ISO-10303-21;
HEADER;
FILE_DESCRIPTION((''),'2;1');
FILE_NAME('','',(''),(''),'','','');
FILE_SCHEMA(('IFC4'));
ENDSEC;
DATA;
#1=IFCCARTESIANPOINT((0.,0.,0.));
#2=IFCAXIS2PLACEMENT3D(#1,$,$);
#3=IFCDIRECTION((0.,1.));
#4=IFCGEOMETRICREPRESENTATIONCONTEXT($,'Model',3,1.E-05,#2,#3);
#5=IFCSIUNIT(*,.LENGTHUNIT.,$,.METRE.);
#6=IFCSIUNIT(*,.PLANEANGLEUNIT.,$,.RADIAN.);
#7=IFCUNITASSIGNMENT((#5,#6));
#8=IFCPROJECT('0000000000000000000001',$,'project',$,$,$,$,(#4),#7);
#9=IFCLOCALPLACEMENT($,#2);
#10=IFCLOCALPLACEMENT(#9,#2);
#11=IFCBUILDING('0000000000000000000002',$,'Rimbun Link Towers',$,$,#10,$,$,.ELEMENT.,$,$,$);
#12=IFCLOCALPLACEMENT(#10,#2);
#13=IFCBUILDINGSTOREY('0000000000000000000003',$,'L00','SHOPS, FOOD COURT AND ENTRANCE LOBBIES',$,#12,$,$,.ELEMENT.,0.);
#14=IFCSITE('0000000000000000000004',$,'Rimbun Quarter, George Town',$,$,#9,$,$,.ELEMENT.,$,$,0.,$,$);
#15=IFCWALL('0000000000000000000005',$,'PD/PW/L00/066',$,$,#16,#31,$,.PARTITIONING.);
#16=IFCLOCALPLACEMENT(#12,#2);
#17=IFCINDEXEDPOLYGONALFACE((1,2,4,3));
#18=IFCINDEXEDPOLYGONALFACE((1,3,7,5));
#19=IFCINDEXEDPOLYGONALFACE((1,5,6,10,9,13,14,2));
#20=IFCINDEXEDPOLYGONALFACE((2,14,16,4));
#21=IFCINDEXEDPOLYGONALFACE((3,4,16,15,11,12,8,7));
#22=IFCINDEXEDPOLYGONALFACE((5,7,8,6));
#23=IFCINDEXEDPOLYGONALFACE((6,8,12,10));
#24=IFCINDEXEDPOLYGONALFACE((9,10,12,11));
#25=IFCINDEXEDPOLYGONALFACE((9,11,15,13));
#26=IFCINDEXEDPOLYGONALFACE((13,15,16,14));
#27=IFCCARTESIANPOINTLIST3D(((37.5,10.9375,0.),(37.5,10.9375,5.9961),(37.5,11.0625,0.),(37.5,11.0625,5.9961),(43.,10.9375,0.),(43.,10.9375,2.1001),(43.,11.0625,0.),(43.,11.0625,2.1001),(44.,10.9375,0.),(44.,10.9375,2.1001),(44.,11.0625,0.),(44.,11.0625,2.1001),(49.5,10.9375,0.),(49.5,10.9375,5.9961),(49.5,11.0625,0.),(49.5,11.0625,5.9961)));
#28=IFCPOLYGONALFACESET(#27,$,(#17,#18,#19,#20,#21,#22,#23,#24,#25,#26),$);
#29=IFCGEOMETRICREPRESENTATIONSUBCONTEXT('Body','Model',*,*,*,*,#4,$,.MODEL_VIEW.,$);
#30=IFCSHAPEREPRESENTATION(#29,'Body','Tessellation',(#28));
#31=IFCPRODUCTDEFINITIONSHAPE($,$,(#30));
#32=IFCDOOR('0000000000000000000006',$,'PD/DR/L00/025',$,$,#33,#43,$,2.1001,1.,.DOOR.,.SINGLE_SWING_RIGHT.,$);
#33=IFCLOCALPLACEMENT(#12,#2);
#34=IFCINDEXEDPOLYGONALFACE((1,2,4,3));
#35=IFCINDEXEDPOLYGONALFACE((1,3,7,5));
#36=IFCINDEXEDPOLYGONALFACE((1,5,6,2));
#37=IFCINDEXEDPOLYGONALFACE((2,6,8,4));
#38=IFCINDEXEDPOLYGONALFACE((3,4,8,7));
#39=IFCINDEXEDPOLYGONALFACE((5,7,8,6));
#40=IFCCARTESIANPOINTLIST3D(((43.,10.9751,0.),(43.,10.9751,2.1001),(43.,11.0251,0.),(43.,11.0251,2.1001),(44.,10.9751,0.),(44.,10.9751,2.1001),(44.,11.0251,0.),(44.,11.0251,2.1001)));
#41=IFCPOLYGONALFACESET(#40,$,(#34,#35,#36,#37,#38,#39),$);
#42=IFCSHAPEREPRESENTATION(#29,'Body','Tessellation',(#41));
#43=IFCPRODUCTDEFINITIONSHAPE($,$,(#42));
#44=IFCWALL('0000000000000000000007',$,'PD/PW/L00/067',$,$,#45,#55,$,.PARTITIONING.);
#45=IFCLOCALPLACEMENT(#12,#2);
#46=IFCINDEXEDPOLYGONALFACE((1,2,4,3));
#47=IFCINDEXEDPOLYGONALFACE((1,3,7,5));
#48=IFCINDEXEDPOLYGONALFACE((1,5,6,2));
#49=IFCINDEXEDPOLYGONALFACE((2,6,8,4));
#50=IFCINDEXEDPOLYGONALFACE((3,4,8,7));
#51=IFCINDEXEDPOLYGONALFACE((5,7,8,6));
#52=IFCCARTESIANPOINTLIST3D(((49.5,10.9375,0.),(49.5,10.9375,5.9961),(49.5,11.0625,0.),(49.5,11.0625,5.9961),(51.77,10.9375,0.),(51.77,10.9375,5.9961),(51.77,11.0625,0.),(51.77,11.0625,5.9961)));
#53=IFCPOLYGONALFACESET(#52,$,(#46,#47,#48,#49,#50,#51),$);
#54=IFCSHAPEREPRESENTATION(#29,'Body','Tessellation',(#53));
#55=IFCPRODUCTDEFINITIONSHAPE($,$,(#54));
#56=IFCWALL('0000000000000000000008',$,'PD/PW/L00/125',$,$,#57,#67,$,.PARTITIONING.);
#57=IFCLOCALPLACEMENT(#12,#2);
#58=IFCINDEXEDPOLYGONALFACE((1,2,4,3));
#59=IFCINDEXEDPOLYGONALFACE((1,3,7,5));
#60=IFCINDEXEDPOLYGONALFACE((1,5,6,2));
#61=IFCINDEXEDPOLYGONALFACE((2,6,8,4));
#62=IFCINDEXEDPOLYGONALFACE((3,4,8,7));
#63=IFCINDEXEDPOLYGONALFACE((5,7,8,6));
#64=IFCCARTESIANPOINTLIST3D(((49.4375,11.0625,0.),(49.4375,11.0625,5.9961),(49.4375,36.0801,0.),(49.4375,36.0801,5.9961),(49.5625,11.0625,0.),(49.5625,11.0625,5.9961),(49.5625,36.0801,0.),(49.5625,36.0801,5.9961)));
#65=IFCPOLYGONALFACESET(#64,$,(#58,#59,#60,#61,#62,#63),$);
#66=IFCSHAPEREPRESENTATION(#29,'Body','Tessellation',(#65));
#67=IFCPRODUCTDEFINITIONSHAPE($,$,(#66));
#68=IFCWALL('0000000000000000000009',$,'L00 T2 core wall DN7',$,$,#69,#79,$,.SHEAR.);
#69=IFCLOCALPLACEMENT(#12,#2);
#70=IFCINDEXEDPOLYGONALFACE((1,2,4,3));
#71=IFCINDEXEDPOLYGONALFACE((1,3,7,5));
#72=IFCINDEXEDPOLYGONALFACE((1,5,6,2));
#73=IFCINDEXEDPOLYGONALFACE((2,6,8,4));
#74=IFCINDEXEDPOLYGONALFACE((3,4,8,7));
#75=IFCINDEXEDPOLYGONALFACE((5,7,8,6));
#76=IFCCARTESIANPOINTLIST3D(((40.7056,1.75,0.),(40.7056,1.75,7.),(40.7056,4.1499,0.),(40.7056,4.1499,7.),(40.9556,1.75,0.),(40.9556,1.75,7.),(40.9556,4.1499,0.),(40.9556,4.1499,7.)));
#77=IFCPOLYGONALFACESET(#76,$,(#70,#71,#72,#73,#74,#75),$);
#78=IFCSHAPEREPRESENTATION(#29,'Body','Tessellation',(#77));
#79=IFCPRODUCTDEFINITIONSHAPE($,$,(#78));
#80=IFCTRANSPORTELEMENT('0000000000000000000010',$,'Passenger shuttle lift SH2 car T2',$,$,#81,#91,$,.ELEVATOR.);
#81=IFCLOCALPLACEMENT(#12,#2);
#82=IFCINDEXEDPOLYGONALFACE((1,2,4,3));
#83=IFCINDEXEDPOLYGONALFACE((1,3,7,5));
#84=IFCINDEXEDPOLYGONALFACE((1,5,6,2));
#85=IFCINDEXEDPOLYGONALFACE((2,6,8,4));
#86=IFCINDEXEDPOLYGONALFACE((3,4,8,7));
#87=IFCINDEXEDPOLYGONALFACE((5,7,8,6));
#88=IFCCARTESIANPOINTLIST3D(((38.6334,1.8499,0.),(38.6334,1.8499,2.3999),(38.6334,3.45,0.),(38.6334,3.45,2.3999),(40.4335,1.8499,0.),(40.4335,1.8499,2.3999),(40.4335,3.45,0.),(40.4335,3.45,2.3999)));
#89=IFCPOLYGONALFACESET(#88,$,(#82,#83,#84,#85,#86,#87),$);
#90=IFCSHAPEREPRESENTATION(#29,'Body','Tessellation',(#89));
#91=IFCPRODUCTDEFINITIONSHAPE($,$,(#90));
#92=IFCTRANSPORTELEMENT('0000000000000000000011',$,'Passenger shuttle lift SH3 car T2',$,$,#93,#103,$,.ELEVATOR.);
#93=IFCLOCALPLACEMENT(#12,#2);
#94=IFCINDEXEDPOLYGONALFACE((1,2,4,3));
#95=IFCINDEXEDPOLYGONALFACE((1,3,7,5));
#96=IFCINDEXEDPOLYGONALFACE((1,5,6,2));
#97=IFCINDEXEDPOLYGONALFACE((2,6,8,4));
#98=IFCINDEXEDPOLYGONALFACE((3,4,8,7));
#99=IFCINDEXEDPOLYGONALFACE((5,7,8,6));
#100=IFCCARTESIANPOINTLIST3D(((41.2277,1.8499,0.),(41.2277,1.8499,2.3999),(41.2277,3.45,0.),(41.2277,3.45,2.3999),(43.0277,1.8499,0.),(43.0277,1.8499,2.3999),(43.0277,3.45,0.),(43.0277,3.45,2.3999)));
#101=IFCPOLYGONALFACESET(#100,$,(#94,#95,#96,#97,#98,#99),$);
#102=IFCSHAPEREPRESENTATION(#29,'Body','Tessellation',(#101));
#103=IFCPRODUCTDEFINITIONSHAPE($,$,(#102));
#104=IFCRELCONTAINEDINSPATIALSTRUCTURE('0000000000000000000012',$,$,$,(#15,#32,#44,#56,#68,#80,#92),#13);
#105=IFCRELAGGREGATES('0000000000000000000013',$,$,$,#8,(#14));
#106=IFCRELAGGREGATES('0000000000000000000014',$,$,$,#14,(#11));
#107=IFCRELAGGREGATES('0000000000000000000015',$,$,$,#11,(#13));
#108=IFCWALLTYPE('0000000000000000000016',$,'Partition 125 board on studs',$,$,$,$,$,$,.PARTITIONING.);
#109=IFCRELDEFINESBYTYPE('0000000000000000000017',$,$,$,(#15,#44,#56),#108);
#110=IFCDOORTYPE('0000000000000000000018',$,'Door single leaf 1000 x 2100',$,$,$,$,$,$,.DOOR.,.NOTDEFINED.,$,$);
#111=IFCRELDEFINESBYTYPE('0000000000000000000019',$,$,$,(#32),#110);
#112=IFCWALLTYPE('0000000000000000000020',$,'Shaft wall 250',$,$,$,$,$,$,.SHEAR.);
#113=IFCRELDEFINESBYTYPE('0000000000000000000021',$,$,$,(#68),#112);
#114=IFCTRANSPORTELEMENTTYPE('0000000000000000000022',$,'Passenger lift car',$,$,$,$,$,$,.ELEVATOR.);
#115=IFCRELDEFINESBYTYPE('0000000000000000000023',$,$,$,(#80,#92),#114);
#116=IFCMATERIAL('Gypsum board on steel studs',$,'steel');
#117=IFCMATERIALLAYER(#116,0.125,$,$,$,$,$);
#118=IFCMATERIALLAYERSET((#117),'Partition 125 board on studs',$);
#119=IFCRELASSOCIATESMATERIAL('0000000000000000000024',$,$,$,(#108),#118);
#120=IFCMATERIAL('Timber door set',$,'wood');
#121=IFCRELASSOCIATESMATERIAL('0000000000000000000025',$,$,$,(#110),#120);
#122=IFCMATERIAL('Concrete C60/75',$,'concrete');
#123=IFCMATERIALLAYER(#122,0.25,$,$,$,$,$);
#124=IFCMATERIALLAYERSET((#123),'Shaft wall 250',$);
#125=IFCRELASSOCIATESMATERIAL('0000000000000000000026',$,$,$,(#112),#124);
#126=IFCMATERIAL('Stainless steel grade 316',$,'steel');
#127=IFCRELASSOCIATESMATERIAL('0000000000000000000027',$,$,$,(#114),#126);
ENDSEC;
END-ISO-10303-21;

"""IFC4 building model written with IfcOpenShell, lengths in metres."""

from ifc_helpers import new_model, si_unit, direction, frame, frame_2d, origin, origin_2d, place, context, subcontext, project, spatial, rectangle, extrude, material, layer, layer_set, type_object, element, fill, save


model = new_model("IFC4")

# Units and contexts
model_context = context("Model", 3, precision=1e-05, world=origin(), true_north=direction((0.0, 1.0)))
body_context = subcontext(model_context, "Body", "Model", "MODEL_VIEW")
ifc_project = project(units=[si_unit("LENGTHUNIT", "METRE"), si_unit("PLANEANGLEUNIT", "RADIAN")], contexts=[model_context])

# Site, building, storey
site_placement = place(None, origin())
site = spatial("IfcSite", under=ifc_project, at=site_placement, Name="Rimbun Quarter, George Town", CompositionType="ELEMENT", RefElevation=0.0)
building_placement = place(site_placement, origin())
building = spatial("IfcBuilding", under=site, at=building_placement, Name="Rimbun Link Towers", CompositionType="ELEMENT")
storey_placement = place(building_placement, origin())
storey = spatial("IfcBuildingStorey", under=building, at=storey_placement, Name="L00", Description="SHOPS, FOOD COURT AND ENTRANCE LOBBIES", CompositionType="ELEMENT", Elevation=0.0)

# Wall, opening, door
ifc_material_1 = material(Name="Gypsum board on steel studs", Category="steel")
ifc_layer_1 = layer(ifc_material_1, 0.125)
ifc_layer_set_1 = layer_set([ifc_layer_1], Name="Partition 125 board on studs")
wall_type_1 = type_object("IfcWallType", Name="Partition 125 board on studs", PredefinedType="PARTITIONING", material=ifc_layer_set_1)
wall_1_placement = place(storey_placement, frame((49.5, 11.0, 0.0), z_axis=(0.0, 0.0, 1.0), x_axis=(-1.0, 0.0, 0.0)))
wall_1 = element("IfcWall", 1, at=wall_1_placement, inside=storey, type_object=wall_type_1, Name="PD/PW/L00/066", PredefinedType="PARTITIONING", context=body_context, shape_type="SweptSolid", body=[
    extrude(rectangle(XDim=12.0, YDim=0.125, at=frame_2d((6.0, 0.0))), origin(), (0.0, 0.0, 1.0), 5.9961),
])
opening_placement = place(wall_1_placement, frame((5.5, 0.0, 0.0)))
opening = element("IfcOpeningElement", 2, at=opening_placement, cuts=wall_1, PredefinedType="OPENING", context=body_context, shape_type="SweptSolid", body=[
    extrude(rectangle(XDim=1.0, YDim=2.1001, at=frame_2d((0.5, 1.05))), frame((0.0, 0.0725, 0.0), z_axis=(0.0, -1.0, 0.0), x_axis=(1.0, 0.0, 0.0)), (0.0, 0.0, 1.0), 0.145),
])
ifc_material_2 = material(Name="Timber door set", Category="wood")
door_type = type_object("IfcDoorType", Name="Door single leaf 1000 x 2100", OperationType="NOTDEFINED", PredefinedType="DOOR", material=ifc_material_2)
door_placement = place(opening_placement, origin())
door = element("IfcDoor", 3, at=door_placement, inside=storey, type_object=door_type, Name="PD/DR/L00/025", OperationType="SINGLE_SWING_RIGHT", OverallHeight=2.1001, OverallWidth=1.0, PredefinedType="DOOR", context=body_context, shape_type="SweptSolid", body=[
    extrude(rectangle(XDim=1.0, YDim=2.1001, at=frame_2d((0.5, 1.05))), frame((0.0, 0.0249, 0.0), z_axis=(0.0, -1.0, 0.0), x_axis=(1.0, 0.0, 0.0)), (0.0, 0.0, 1.0), 0.05),
])
fill(opening, door)

# Walls
wall_2_placement = place(storey_placement, frame((51.77, 11.0, 0.0), z_axis=(0.0, 0.0, 1.0), x_axis=(-1.0, 0.0, 0.0)))
element("IfcWall", 4, at=wall_2_placement, inside=storey, type_object=wall_type_1, Name="PD/PW/L00/067", PredefinedType="PARTITIONING", context=body_context, shape_type="SweptSolid", body=[
    extrude(rectangle(XDim=2.27, YDim=0.125, at=frame_2d((1.135, 0.0))), origin(), (0.0, 0.0, 1.0), 5.9961),
])
wall_3_placement = place(storey_placement, frame((49.5, 11.0625, 0.0), z_axis=(0.0, 0.0, 1.0), x_axis=(0.0, 1.0, 0.0)))
element("IfcWall", 5, at=wall_3_placement, inside=storey, type_object=wall_type_1, Name="PD/PW/L00/125", PredefinedType="PARTITIONING", context=body_context, shape_type="SweptSolid", body=[
    extrude(rectangle(XDim=25.0176, YDim=0.125, at=frame_2d((12.5088, 0.0))), origin(), (0.0, 0.0, 1.0), 5.9961),
])
ifc_material_3 = material(Name="Concrete C60/75", Category="concrete")
ifc_layer_2 = layer(ifc_material_3, 0.25)
ifc_layer_set_2 = layer_set([ifc_layer_2], Name="Shaft wall 250")
wall_type_2 = type_object("IfcWallType", Name="Shaft wall 250", PredefinedType="SHEAR", material=ifc_layer_set_2)
wall_4_placement = place(storey_placement, frame((40.8306, 1.75, 0.0), z_axis=(0.0, 0.0, 1.0), x_axis=(0.0, 1.0, 0.0)))
element("IfcWall", 6, at=wall_4_placement, inside=storey, type_object=wall_type_2, Name="L00 T2 core wall DN7", PredefinedType="SHEAR", context=body_context, shape_type="SweptSolid", body=[
    extrude(rectangle(XDim=2.3999, YDim=0.25, at=frame_2d((1.2, 0.0))), origin(), (0.0, 0.0, 1.0), 7.0),
])

# Transport elements
ifc_material_4 = material(Name="Stainless steel grade 316", Category="steel")
transport_element_type = type_object("IfcTransportElementType", Name="Passenger lift car", PredefinedType="ELEVATOR", material=ifc_material_4)
for number, where, z_axis, x_axis, name in (
    (7, (39.5334, 2.6499, 0.0), (0.0, 0.0, 1.0), (1.0, 0.0, 0.0), "Passenger shuttle lift SH2 car T2"),
    (8, (42.1277, 2.6499, 0.0), (0.0, 0.0, 1.0), (1.0, 0.0, 0.0), "Passenger shuttle lift SH3 car T2"),
):
    element("IfcTransportElement", number, at=place(storey_placement, frame(where, z_axis=z_axis, x_axis=x_axis)), inside=storey, type_object=transport_element_type, Name=name, PredefinedType="ELEVATOR", context=body_context, shape_type="SweptSolid", body=[
        extrude(rectangle(XDim=1.8, YDim=1.6001, at=origin_2d()), origin(), (0.0, 0.0, 1.0), 2.3999),
    ])

save(model, "model.ifc")
